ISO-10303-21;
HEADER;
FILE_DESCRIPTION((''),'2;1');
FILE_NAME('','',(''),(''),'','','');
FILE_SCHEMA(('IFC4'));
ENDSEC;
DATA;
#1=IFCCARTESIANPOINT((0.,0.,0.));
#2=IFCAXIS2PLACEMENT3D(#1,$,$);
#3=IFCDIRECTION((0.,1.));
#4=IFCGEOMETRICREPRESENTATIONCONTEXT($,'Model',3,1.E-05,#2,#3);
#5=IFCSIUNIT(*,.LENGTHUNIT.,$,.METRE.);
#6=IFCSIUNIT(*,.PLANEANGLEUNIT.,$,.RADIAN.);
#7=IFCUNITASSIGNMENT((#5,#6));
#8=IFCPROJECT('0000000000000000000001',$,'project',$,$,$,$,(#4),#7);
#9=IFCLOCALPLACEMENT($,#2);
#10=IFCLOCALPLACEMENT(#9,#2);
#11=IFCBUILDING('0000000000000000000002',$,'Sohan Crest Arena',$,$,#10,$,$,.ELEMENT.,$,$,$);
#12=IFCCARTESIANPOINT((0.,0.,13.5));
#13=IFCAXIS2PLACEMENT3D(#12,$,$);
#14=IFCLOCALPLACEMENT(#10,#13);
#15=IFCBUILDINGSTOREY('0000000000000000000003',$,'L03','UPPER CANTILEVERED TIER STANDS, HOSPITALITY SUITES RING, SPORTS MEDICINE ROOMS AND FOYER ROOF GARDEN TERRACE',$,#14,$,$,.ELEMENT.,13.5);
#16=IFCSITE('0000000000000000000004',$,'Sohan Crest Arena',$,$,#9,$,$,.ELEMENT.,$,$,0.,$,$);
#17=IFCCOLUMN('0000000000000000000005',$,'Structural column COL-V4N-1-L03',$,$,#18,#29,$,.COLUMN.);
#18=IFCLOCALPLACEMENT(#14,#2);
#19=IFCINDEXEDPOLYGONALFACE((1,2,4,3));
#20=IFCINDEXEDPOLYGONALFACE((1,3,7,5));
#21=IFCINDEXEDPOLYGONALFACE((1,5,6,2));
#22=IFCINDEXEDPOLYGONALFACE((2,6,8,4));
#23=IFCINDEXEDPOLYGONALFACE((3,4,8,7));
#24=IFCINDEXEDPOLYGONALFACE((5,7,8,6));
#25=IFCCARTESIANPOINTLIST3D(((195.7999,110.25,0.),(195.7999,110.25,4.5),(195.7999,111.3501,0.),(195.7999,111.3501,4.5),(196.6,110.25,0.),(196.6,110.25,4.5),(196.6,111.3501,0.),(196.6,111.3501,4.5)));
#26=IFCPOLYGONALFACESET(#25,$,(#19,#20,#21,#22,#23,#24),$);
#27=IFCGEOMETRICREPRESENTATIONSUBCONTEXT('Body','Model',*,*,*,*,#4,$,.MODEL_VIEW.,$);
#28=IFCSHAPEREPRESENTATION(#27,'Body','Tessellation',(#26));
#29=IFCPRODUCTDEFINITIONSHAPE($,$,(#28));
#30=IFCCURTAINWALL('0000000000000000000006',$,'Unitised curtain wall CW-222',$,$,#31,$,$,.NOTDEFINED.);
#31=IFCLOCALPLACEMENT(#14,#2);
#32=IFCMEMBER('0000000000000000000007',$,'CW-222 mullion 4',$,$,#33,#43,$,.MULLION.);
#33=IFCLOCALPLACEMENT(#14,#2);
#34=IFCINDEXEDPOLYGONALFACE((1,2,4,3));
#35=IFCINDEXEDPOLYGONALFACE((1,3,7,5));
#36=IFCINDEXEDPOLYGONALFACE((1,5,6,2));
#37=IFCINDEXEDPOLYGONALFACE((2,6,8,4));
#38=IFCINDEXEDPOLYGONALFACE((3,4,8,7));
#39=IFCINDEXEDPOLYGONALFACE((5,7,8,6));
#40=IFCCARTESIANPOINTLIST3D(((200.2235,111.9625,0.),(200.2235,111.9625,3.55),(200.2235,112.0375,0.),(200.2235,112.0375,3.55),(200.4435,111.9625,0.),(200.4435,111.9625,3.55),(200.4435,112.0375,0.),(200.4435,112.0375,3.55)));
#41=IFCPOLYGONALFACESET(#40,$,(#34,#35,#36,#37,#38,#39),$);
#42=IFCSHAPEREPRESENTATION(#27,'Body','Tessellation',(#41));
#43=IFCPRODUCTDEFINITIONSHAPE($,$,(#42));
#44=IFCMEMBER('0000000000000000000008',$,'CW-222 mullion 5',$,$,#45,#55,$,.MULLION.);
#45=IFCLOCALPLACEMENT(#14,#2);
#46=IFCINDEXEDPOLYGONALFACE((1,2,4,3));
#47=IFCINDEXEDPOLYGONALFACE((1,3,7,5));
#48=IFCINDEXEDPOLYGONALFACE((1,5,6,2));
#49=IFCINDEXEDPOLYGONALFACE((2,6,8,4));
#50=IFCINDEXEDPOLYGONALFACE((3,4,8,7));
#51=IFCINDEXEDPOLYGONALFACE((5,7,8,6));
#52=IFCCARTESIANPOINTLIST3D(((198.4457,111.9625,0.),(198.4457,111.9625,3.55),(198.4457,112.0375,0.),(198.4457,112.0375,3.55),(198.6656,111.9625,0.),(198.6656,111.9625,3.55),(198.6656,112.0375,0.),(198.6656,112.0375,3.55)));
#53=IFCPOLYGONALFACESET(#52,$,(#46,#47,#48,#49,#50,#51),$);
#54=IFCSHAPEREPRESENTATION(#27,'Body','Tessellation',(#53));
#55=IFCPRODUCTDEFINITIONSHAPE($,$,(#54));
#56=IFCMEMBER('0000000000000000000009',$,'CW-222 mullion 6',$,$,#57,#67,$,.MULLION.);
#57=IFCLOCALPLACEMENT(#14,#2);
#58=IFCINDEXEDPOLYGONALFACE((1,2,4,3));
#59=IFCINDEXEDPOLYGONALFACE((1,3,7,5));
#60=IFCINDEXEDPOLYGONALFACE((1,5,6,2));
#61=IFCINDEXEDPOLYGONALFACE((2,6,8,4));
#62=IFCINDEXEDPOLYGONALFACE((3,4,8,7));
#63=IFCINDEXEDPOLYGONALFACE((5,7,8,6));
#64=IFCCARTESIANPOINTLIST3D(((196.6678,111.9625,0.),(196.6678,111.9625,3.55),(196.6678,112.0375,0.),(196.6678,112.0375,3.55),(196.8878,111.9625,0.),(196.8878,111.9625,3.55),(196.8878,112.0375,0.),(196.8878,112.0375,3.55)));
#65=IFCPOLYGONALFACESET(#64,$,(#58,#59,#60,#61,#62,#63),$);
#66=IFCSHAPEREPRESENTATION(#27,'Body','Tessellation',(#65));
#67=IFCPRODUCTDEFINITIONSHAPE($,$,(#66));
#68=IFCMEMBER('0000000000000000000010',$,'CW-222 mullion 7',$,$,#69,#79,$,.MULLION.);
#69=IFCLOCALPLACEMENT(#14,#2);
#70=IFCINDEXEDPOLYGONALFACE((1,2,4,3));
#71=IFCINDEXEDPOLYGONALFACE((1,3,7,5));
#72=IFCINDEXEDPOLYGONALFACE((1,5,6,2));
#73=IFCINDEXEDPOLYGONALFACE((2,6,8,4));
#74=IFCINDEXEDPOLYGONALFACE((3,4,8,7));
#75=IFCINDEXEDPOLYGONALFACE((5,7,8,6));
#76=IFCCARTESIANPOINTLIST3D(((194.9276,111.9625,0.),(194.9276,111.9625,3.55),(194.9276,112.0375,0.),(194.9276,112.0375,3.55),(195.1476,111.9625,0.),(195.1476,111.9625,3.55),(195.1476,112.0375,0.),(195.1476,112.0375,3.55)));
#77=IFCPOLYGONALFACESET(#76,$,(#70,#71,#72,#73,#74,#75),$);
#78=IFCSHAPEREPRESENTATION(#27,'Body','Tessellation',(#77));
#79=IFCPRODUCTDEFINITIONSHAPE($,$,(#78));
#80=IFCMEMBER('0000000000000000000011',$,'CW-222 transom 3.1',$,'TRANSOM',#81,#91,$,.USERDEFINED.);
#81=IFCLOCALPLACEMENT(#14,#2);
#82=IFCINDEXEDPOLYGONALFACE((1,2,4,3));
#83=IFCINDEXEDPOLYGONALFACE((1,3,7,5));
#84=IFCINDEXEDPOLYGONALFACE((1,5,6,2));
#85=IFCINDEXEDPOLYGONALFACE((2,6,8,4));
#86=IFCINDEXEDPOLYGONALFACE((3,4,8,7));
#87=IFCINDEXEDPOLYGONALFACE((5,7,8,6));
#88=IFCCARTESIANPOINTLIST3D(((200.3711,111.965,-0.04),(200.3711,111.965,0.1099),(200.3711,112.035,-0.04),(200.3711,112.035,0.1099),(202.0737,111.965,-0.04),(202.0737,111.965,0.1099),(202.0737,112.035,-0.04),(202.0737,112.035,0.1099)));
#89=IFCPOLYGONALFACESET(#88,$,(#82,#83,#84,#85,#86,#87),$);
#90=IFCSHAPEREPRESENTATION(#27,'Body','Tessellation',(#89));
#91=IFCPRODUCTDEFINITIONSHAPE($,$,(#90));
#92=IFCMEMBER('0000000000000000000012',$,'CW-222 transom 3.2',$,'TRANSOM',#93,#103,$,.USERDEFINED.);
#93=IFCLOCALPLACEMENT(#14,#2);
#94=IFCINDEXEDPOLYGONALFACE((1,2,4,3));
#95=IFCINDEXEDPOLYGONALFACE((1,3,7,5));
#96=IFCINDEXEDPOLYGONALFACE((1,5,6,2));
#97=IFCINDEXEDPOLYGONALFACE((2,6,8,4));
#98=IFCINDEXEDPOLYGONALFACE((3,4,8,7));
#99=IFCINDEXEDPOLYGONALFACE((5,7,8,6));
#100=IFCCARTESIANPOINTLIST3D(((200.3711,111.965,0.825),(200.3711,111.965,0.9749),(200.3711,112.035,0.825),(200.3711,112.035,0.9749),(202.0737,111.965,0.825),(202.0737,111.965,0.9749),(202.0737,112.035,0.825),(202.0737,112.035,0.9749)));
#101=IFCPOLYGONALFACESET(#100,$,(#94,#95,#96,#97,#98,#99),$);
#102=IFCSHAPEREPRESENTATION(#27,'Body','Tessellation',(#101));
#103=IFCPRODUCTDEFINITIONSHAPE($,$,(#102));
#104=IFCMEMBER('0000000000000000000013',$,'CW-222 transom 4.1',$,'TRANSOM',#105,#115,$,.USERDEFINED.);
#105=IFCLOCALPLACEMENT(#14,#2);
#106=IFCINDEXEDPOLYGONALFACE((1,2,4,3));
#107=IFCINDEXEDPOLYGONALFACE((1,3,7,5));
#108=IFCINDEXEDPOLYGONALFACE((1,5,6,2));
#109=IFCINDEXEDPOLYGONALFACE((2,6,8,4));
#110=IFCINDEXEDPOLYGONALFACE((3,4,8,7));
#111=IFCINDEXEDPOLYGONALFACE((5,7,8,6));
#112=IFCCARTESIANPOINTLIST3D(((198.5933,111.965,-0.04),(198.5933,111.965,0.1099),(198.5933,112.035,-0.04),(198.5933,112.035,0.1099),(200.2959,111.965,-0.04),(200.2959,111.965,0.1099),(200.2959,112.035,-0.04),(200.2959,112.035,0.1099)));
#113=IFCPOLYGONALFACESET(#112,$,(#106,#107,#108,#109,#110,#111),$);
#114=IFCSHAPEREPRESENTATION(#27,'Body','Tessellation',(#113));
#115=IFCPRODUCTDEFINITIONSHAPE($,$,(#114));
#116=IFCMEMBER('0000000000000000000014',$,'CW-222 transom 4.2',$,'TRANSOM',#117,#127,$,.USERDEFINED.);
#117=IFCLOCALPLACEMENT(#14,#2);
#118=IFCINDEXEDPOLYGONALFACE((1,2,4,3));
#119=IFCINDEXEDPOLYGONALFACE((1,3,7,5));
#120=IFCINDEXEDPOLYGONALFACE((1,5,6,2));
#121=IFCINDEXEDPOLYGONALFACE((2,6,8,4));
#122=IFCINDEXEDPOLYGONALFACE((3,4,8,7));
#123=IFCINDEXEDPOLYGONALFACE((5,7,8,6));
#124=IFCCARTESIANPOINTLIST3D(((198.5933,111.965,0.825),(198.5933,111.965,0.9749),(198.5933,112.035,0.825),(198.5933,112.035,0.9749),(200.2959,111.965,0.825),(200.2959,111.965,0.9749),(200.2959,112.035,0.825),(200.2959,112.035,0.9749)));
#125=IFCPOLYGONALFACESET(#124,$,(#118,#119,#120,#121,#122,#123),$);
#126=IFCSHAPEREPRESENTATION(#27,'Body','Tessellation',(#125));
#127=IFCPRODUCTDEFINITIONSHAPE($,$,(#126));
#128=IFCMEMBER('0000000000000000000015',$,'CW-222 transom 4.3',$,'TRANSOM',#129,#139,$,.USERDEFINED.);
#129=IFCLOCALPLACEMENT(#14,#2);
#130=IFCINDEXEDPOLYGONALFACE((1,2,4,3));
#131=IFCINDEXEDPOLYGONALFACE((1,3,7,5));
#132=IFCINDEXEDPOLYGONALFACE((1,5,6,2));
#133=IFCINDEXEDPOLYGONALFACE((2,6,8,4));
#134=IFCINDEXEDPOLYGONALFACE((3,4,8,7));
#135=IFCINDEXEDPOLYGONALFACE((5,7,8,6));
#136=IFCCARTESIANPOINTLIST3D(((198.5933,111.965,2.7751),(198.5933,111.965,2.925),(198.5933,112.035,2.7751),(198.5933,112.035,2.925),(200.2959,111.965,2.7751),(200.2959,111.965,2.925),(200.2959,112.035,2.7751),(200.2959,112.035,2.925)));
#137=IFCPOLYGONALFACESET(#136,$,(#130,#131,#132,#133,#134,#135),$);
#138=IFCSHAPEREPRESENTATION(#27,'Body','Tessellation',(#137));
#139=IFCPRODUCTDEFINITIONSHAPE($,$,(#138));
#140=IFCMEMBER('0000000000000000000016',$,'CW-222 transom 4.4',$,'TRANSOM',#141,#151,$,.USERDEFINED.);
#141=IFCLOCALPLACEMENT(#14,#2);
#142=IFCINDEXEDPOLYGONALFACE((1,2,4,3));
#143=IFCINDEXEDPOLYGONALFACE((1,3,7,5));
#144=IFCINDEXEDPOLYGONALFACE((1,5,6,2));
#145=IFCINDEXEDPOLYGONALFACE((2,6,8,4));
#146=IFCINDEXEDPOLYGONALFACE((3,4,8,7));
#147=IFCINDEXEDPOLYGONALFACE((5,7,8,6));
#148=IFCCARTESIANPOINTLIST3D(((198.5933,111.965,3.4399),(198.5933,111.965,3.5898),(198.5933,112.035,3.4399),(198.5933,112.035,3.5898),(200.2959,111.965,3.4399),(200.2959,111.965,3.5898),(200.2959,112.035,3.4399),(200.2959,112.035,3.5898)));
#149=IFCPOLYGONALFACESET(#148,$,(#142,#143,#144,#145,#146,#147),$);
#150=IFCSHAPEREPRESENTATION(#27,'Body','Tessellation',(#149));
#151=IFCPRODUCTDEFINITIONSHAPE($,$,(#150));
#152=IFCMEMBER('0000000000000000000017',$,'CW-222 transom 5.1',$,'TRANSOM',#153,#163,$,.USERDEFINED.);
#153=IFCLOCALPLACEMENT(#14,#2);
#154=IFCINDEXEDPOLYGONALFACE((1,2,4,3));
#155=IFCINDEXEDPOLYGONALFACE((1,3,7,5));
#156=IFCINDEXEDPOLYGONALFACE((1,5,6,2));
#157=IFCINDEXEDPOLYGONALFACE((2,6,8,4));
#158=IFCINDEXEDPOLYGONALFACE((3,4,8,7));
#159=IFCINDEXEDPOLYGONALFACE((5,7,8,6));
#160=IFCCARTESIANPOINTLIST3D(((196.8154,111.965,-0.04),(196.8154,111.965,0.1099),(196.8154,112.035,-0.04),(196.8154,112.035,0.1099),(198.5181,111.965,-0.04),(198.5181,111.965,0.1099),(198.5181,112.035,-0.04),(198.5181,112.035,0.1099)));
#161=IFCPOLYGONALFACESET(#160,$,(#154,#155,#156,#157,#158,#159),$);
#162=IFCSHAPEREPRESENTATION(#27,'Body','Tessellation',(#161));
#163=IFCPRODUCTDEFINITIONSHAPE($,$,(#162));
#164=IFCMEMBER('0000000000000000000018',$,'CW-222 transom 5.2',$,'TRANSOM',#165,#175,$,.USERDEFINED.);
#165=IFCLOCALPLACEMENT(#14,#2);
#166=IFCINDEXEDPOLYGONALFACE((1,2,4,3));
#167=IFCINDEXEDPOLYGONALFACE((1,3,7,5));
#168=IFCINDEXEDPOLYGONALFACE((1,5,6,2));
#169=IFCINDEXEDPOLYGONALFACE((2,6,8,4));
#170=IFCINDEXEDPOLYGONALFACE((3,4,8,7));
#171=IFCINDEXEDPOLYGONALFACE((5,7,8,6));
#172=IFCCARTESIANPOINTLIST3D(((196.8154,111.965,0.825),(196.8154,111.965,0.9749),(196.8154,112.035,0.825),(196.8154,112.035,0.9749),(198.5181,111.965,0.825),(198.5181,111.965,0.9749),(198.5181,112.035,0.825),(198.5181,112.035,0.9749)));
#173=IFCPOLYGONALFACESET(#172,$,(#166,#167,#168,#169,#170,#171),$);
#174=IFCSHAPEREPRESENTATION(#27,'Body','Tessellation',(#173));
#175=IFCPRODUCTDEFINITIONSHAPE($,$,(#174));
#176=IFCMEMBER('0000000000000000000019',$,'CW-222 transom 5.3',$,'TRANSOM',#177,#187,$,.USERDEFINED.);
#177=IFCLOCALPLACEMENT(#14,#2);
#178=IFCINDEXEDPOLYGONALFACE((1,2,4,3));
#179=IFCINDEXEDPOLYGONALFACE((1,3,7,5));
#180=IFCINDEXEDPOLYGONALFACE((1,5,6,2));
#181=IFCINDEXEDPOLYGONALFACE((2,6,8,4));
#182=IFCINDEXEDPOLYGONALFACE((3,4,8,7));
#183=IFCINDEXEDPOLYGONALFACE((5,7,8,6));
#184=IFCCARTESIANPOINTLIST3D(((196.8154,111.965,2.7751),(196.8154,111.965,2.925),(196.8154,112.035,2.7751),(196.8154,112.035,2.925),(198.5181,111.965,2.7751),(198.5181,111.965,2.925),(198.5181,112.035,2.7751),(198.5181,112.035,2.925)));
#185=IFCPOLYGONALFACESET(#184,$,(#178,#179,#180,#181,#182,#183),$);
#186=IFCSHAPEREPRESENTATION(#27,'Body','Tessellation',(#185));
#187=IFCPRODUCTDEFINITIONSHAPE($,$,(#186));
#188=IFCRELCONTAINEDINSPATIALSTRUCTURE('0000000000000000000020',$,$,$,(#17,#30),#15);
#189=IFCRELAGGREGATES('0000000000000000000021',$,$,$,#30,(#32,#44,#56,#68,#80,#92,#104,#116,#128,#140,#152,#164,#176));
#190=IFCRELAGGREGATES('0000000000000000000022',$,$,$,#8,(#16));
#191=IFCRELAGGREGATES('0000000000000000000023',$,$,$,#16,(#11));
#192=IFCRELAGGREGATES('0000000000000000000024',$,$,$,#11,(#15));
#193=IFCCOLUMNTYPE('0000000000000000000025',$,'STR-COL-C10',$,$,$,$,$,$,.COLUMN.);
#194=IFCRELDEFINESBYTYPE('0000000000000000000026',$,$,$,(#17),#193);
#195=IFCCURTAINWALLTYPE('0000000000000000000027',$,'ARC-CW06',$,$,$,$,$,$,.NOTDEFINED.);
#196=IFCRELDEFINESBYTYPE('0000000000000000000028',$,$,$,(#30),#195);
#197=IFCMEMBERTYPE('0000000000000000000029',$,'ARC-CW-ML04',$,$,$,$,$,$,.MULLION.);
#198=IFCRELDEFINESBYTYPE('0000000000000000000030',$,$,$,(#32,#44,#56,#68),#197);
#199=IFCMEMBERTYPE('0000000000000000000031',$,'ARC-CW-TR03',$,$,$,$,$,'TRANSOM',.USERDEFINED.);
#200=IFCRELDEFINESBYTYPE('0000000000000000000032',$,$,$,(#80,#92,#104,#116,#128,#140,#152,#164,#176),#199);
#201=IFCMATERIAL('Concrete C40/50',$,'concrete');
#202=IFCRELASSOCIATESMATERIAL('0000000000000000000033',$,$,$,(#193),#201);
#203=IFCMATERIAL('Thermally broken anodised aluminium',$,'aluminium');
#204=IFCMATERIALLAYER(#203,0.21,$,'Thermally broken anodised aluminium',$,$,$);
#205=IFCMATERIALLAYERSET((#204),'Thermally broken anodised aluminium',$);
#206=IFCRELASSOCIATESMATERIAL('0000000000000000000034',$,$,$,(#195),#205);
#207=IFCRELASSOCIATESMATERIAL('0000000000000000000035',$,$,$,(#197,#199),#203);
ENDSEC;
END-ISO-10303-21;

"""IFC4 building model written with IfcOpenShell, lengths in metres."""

from ifc_helpers import new_model, si_unit, direction, frame, origin, origin_2d, place, context, subcontext, project, spatial, rectangle, extrude, material, layer, layer_set, material_profile, profile_set, type_object, element, aggregate, save


model = new_model("IFC4")

# Units and contexts
model_context = context("Model", 3, precision=1e-05, world=origin(), true_north=direction((0.0, 1.0)))
body_context = subcontext(model_context, "Body", "Model", "MODEL_VIEW")
ifc_project = project(units=[si_unit("LENGTHUNIT", "METRE"), si_unit("PLANEANGLEUNIT", "RADIAN")], contexts=[model_context])

# Site, building, storey
site_placement = place(None, origin())
site = spatial("IfcSite", under=ifc_project, at=site_placement, Name="Sohan Crest Arena", CompositionType="ELEMENT", RefElevation=0.0)
building_placement = place(site_placement, origin())
building = spatial("IfcBuilding", under=site, at=building_placement, Name="Sohan Crest Arena", CompositionType="ELEMENT")
storey_placement = place(building_placement, frame((0.0, 0.0, 13.5)))
storey = spatial("IfcBuildingStorey", under=building, at=storey_placement, Name="L03", Description="UPPER CANTILEVERED TIER STANDS, HOSPITALITY SUITES RING, SPORTS MEDICINE ROOMS AND FOYER ROOF GARDEN TERRACE", CompositionType="ELEMENT", Elevation=13.5)

# Column
ifc_material_1 = material(Name="Concrete C40/50", Category="concrete")
ifc_material_profile_1 = material_profile(ifc_material_1, rectangle(XDim=1.1001, YDim=0.8, at=origin_2d()), Name="RC 1100x800")
ifc_profile_set_1 = profile_set([ifc_material_profile_1], Name="Concrete C40/50")
column_type = type_object("IfcColumnType", Name="STR-COL-C10", PredefinedType="COLUMN", material=ifc_profile_set_1)
column_placement = place(storey_placement, frame((196.2, 110.8, 0.0), z_axis=(0.0, 0.0, 1.0), x_axis=(0.0, 1.0, 0.0)))
element("IfcColumn", 1, at=column_placement, inside=storey, type_object=column_type, Name="Structural column COL-V4N-1-L03", PredefinedType="COLUMN", context=body_context, shape_type="SweptSolid", body=[
    extrude(rectangle(XDim=1.1001, YDim=0.8, at=origin_2d()), origin(), (0.0, 0.0, 1.0), 4.5),
])

# Curtain wall, members
ifc_material_2 = material(Name="Thermally broken anodised aluminium", Category="aluminium")
ifc_layer_1 = layer(ifc_material_2, 0.21, Name="Thermally broken anodised aluminium")
ifc_layer_set_1 = layer_set([ifc_layer_1], Name="Thermally broken anodised aluminium")
curtain_wall_type = type_object("IfcCurtainWallType", Name="ARC-CW06", PredefinedType="NOTDEFINED", material=ifc_layer_set_1)
curtain_wall_placement = place(storey_placement, origin())
curtain_wall = element("IfcCurtainWall", 2, at=curtain_wall_placement, inside=storey, type_object=curtain_wall_type, Name="Unitised curtain wall CW-222", PredefinedType="NOTDEFINED")
ifc_material_profile_2 = material_profile(ifc_material_2, rectangle(XDim=0.075, YDim=0.22, at=origin_2d()), Name="ALU-MULL 75x220")
ifc_profile_set_2 = profile_set([ifc_material_profile_2], Name="Thermally broken anodised aluminium")
member_type_1 = type_object("IfcMemberType", Name="ARC-CW-ML04", PredefinedType="MULLION", material=ifc_profile_set_2)
member_1_placement = place(storey_placement, frame((200.3335, 112.0, 0.0), z_axis=(0.0, 0.0, 1.0), x_axis=(0.0, -1.0, 0.0)))
member_1 = element("IfcMember", 3, at=member_1_placement, type_object=member_type_1, Name="CW-222 mullion 4", PredefinedType="MULLION", context=body_context, shape_type="SweptSolid", body=[
    extrude(rectangle(XDim=0.075, YDim=0.22, at=origin_2d()), origin(), (0.0, 0.0, 1.0), 3.55),
])
member_2_placement = place(storey_placement, frame((198.5557, 112.0, 0.0), z_axis=(0.0, 0.0, 1.0), x_axis=(0.0, -1.0, 0.0)))
member_2 = element("IfcMember", 4, at=member_2_placement, type_object=member_type_1, Name="CW-222 mullion 5", PredefinedType="MULLION", context=body_context, shape_type="SweptSolid", body=[
    extrude(rectangle(XDim=0.075, YDim=0.22, at=origin_2d()), origin(), (0.0, 0.0, 1.0), 3.55),
])
member_3_placement = place(storey_placement, frame((196.7778, 112.0, 0.0), z_axis=(0.0, 0.0, 1.0), x_axis=(0.0, -1.0, 0.0)))
member_3 = element("IfcMember", 5, at=member_3_placement, type_object=member_type_1, Name="CW-222 mullion 6", PredefinedType="MULLION", context=body_context, shape_type="SweptSolid", body=[
    extrude(rectangle(XDim=0.075, YDim=0.22, at=origin_2d()), origin(), (0.0, 0.0, 1.0), 3.55),
])
member_4_placement = place(storey_placement, frame((195.0376, 112.0, 0.0), z_axis=(0.0, 0.0, 1.0), x_axis=(0.0, -1.0, 0.0)))
member_4 = element("IfcMember", 6, at=member_4_placement, type_object=member_type_1, Name="CW-222 mullion 7", PredefinedType="MULLION", context=body_context, shape_type="SweptSolid", body=[
    extrude(rectangle(XDim=0.075, YDim=0.22, at=origin_2d()), origin(), (0.0, 0.0, 1.0), 3.55),
])
ifc_material_profile_3 = material_profile(ifc_material_2, rectangle(XDim=0.0701, YDim=0.1499, at=origin_2d()), Name="ALU-TRAN 70x150")
ifc_profile_set_3 = profile_set([ifc_material_profile_3], Name="Thermally broken anodised aluminium")
member_type_2 = type_object("IfcMemberType", Name="ARC-CW-TR03", ElementType="TRANSOM", PredefinedType="USERDEFINED", material=ifc_profile_set_3)
member_5_placement = place(storey_placement, frame((202.0737, 112.0, 0.0349), z_axis=(-1.0, 0.0, 0.0), x_axis=(0.0, -1.0, 0.0)))
member_5 = element("IfcMember", 7, at=member_5_placement, type_object=member_type_2, Name="CW-222 transom 3.1", ObjectType="TRANSOM", PredefinedType="USERDEFINED", context=body_context, shape_type="SweptSolid", body=[
    extrude(rectangle(XDim=0.0701, YDim=0.1499, at=origin_2d()), origin(), (0.0, 0.0, 1.0), 1.7026),
])
member_6_placement = place(storey_placement, frame((202.0737, 112.0, 0.8999), z_axis=(-1.0, 0.0, 0.0), x_axis=(0.0, -1.0, 0.0)))
member_6 = element("IfcMember", 8, at=member_6_placement, type_object=member_type_2, Name="CW-222 transom 3.2", ObjectType="TRANSOM", PredefinedType="USERDEFINED", context=body_context, shape_type="SweptSolid", body=[
    extrude(rectangle(XDim=0.0701, YDim=0.1499, at=origin_2d()), origin(), (0.0, 0.0, 1.0), 1.7026),
])
member_7_placement = place(storey_placement, frame((200.2959, 112.0, 0.0349), z_axis=(-1.0, 0.0, 0.0), x_axis=(0.0, -1.0, 0.0)))
member_7 = element("IfcMember", 9, at=member_7_placement, type_object=member_type_2, Name="CW-222 transom 4.1", ObjectType="TRANSOM", PredefinedType="USERDEFINED", context=body_context, shape_type="SweptSolid", body=[
    extrude(rectangle(XDim=0.0701, YDim=0.1499, at=origin_2d()), origin(), (0.0, 0.0, 1.0), 1.7026),
])
member_8_placement = place(storey_placement, frame((200.2959, 112.0, 0.8999), z_axis=(-1.0, 0.0, 0.0), x_axis=(0.0, -1.0, 0.0)))
member_8 = element("IfcMember", 10, at=member_8_placement, type_object=member_type_2, Name="CW-222 transom 4.2", ObjectType="TRANSOM", PredefinedType="USERDEFINED", context=body_context, shape_type="SweptSolid", body=[
    extrude(rectangle(XDim=0.0701, YDim=0.1499, at=origin_2d()), origin(), (0.0, 0.0, 1.0), 1.7026),
])
member_9_placement = place(storey_placement, frame((200.2959, 112.0, 2.8501), z_axis=(-1.0, 0.0, 0.0), x_axis=(0.0, -1.0, 0.0)))
member_9 = element("IfcMember", 11, at=member_9_placement, type_object=member_type_2, Name="CW-222 transom 4.3", ObjectType="TRANSOM", PredefinedType="USERDEFINED", context=body_context, shape_type="SweptSolid", body=[
    extrude(rectangle(XDim=0.0701, YDim=0.1499, at=origin_2d()), origin(), (0.0, 0.0, 1.0), 1.7026),
])
member_10_placement = place(storey_placement, frame((200.2959, 112.0, 3.5149), z_axis=(-1.0, 0.0, 0.0), x_axis=(0.0, -1.0, 0.0)))
member_10 = element("IfcMember", 12, at=member_10_placement, type_object=member_type_2, Name="CW-222 transom 4.4", ObjectType="TRANSOM", PredefinedType="USERDEFINED", context=body_context, shape_type="SweptSolid", body=[
    extrude(rectangle(XDim=0.0701, YDim=0.1499, at=origin_2d()), origin(), (0.0, 0.0, 1.0), 1.7026),
])
member_11_placement = place(storey_placement, frame((198.5181, 112.0, 0.0349), z_axis=(-1.0, 0.0, 0.0), x_axis=(0.0, -1.0, 0.0)))
member_11 = element("IfcMember", 13, at=member_11_placement, type_object=member_type_2, Name="CW-222 transom 5.1", ObjectType="TRANSOM", PredefinedType="USERDEFINED", context=body_context, shape_type="SweptSolid", body=[
    extrude(rectangle(XDim=0.0701, YDim=0.1499, at=origin_2d()), origin(), (0.0, 0.0, 1.0), 1.7026),
])
member_12_placement = place(storey_placement, frame((198.5181, 112.0, 0.8999), z_axis=(-1.0, 0.0, 0.0), x_axis=(0.0, -1.0, 0.0)))
member_12 = element("IfcMember", 14, at=member_12_placement, type_object=member_type_2, Name="CW-222 transom 5.2", ObjectType="TRANSOM", PredefinedType="USERDEFINED", context=body_context, shape_type="SweptSolid", body=[
    extrude(rectangle(XDim=0.0701, YDim=0.1499, at=origin_2d()), origin(), (0.0, 0.0, 1.0), 1.7026),
])
member_13_placement = place(storey_placement, frame((198.5181, 112.0, 2.8501), z_axis=(-1.0, 0.0, 0.0), x_axis=(0.0, -1.0, 0.0)))
member_13 = element("IfcMember", 15, at=member_13_placement, type_object=member_type_2, Name="CW-222 transom 5.3", ObjectType="TRANSOM", PredefinedType="USERDEFINED", context=body_context, shape_type="SweptSolid", body=[
    extrude(rectangle(XDim=0.0701, YDim=0.1499, at=origin_2d()), origin(), (0.0, 0.0, 1.0), 1.7026),
])
aggregate(curtain_wall, [member_1, member_2, member_3, member_4, member_5, member_6, member_7, member_8, member_9, member_10, member_11, member_12, member_13])

save(model, "model.ifc")
